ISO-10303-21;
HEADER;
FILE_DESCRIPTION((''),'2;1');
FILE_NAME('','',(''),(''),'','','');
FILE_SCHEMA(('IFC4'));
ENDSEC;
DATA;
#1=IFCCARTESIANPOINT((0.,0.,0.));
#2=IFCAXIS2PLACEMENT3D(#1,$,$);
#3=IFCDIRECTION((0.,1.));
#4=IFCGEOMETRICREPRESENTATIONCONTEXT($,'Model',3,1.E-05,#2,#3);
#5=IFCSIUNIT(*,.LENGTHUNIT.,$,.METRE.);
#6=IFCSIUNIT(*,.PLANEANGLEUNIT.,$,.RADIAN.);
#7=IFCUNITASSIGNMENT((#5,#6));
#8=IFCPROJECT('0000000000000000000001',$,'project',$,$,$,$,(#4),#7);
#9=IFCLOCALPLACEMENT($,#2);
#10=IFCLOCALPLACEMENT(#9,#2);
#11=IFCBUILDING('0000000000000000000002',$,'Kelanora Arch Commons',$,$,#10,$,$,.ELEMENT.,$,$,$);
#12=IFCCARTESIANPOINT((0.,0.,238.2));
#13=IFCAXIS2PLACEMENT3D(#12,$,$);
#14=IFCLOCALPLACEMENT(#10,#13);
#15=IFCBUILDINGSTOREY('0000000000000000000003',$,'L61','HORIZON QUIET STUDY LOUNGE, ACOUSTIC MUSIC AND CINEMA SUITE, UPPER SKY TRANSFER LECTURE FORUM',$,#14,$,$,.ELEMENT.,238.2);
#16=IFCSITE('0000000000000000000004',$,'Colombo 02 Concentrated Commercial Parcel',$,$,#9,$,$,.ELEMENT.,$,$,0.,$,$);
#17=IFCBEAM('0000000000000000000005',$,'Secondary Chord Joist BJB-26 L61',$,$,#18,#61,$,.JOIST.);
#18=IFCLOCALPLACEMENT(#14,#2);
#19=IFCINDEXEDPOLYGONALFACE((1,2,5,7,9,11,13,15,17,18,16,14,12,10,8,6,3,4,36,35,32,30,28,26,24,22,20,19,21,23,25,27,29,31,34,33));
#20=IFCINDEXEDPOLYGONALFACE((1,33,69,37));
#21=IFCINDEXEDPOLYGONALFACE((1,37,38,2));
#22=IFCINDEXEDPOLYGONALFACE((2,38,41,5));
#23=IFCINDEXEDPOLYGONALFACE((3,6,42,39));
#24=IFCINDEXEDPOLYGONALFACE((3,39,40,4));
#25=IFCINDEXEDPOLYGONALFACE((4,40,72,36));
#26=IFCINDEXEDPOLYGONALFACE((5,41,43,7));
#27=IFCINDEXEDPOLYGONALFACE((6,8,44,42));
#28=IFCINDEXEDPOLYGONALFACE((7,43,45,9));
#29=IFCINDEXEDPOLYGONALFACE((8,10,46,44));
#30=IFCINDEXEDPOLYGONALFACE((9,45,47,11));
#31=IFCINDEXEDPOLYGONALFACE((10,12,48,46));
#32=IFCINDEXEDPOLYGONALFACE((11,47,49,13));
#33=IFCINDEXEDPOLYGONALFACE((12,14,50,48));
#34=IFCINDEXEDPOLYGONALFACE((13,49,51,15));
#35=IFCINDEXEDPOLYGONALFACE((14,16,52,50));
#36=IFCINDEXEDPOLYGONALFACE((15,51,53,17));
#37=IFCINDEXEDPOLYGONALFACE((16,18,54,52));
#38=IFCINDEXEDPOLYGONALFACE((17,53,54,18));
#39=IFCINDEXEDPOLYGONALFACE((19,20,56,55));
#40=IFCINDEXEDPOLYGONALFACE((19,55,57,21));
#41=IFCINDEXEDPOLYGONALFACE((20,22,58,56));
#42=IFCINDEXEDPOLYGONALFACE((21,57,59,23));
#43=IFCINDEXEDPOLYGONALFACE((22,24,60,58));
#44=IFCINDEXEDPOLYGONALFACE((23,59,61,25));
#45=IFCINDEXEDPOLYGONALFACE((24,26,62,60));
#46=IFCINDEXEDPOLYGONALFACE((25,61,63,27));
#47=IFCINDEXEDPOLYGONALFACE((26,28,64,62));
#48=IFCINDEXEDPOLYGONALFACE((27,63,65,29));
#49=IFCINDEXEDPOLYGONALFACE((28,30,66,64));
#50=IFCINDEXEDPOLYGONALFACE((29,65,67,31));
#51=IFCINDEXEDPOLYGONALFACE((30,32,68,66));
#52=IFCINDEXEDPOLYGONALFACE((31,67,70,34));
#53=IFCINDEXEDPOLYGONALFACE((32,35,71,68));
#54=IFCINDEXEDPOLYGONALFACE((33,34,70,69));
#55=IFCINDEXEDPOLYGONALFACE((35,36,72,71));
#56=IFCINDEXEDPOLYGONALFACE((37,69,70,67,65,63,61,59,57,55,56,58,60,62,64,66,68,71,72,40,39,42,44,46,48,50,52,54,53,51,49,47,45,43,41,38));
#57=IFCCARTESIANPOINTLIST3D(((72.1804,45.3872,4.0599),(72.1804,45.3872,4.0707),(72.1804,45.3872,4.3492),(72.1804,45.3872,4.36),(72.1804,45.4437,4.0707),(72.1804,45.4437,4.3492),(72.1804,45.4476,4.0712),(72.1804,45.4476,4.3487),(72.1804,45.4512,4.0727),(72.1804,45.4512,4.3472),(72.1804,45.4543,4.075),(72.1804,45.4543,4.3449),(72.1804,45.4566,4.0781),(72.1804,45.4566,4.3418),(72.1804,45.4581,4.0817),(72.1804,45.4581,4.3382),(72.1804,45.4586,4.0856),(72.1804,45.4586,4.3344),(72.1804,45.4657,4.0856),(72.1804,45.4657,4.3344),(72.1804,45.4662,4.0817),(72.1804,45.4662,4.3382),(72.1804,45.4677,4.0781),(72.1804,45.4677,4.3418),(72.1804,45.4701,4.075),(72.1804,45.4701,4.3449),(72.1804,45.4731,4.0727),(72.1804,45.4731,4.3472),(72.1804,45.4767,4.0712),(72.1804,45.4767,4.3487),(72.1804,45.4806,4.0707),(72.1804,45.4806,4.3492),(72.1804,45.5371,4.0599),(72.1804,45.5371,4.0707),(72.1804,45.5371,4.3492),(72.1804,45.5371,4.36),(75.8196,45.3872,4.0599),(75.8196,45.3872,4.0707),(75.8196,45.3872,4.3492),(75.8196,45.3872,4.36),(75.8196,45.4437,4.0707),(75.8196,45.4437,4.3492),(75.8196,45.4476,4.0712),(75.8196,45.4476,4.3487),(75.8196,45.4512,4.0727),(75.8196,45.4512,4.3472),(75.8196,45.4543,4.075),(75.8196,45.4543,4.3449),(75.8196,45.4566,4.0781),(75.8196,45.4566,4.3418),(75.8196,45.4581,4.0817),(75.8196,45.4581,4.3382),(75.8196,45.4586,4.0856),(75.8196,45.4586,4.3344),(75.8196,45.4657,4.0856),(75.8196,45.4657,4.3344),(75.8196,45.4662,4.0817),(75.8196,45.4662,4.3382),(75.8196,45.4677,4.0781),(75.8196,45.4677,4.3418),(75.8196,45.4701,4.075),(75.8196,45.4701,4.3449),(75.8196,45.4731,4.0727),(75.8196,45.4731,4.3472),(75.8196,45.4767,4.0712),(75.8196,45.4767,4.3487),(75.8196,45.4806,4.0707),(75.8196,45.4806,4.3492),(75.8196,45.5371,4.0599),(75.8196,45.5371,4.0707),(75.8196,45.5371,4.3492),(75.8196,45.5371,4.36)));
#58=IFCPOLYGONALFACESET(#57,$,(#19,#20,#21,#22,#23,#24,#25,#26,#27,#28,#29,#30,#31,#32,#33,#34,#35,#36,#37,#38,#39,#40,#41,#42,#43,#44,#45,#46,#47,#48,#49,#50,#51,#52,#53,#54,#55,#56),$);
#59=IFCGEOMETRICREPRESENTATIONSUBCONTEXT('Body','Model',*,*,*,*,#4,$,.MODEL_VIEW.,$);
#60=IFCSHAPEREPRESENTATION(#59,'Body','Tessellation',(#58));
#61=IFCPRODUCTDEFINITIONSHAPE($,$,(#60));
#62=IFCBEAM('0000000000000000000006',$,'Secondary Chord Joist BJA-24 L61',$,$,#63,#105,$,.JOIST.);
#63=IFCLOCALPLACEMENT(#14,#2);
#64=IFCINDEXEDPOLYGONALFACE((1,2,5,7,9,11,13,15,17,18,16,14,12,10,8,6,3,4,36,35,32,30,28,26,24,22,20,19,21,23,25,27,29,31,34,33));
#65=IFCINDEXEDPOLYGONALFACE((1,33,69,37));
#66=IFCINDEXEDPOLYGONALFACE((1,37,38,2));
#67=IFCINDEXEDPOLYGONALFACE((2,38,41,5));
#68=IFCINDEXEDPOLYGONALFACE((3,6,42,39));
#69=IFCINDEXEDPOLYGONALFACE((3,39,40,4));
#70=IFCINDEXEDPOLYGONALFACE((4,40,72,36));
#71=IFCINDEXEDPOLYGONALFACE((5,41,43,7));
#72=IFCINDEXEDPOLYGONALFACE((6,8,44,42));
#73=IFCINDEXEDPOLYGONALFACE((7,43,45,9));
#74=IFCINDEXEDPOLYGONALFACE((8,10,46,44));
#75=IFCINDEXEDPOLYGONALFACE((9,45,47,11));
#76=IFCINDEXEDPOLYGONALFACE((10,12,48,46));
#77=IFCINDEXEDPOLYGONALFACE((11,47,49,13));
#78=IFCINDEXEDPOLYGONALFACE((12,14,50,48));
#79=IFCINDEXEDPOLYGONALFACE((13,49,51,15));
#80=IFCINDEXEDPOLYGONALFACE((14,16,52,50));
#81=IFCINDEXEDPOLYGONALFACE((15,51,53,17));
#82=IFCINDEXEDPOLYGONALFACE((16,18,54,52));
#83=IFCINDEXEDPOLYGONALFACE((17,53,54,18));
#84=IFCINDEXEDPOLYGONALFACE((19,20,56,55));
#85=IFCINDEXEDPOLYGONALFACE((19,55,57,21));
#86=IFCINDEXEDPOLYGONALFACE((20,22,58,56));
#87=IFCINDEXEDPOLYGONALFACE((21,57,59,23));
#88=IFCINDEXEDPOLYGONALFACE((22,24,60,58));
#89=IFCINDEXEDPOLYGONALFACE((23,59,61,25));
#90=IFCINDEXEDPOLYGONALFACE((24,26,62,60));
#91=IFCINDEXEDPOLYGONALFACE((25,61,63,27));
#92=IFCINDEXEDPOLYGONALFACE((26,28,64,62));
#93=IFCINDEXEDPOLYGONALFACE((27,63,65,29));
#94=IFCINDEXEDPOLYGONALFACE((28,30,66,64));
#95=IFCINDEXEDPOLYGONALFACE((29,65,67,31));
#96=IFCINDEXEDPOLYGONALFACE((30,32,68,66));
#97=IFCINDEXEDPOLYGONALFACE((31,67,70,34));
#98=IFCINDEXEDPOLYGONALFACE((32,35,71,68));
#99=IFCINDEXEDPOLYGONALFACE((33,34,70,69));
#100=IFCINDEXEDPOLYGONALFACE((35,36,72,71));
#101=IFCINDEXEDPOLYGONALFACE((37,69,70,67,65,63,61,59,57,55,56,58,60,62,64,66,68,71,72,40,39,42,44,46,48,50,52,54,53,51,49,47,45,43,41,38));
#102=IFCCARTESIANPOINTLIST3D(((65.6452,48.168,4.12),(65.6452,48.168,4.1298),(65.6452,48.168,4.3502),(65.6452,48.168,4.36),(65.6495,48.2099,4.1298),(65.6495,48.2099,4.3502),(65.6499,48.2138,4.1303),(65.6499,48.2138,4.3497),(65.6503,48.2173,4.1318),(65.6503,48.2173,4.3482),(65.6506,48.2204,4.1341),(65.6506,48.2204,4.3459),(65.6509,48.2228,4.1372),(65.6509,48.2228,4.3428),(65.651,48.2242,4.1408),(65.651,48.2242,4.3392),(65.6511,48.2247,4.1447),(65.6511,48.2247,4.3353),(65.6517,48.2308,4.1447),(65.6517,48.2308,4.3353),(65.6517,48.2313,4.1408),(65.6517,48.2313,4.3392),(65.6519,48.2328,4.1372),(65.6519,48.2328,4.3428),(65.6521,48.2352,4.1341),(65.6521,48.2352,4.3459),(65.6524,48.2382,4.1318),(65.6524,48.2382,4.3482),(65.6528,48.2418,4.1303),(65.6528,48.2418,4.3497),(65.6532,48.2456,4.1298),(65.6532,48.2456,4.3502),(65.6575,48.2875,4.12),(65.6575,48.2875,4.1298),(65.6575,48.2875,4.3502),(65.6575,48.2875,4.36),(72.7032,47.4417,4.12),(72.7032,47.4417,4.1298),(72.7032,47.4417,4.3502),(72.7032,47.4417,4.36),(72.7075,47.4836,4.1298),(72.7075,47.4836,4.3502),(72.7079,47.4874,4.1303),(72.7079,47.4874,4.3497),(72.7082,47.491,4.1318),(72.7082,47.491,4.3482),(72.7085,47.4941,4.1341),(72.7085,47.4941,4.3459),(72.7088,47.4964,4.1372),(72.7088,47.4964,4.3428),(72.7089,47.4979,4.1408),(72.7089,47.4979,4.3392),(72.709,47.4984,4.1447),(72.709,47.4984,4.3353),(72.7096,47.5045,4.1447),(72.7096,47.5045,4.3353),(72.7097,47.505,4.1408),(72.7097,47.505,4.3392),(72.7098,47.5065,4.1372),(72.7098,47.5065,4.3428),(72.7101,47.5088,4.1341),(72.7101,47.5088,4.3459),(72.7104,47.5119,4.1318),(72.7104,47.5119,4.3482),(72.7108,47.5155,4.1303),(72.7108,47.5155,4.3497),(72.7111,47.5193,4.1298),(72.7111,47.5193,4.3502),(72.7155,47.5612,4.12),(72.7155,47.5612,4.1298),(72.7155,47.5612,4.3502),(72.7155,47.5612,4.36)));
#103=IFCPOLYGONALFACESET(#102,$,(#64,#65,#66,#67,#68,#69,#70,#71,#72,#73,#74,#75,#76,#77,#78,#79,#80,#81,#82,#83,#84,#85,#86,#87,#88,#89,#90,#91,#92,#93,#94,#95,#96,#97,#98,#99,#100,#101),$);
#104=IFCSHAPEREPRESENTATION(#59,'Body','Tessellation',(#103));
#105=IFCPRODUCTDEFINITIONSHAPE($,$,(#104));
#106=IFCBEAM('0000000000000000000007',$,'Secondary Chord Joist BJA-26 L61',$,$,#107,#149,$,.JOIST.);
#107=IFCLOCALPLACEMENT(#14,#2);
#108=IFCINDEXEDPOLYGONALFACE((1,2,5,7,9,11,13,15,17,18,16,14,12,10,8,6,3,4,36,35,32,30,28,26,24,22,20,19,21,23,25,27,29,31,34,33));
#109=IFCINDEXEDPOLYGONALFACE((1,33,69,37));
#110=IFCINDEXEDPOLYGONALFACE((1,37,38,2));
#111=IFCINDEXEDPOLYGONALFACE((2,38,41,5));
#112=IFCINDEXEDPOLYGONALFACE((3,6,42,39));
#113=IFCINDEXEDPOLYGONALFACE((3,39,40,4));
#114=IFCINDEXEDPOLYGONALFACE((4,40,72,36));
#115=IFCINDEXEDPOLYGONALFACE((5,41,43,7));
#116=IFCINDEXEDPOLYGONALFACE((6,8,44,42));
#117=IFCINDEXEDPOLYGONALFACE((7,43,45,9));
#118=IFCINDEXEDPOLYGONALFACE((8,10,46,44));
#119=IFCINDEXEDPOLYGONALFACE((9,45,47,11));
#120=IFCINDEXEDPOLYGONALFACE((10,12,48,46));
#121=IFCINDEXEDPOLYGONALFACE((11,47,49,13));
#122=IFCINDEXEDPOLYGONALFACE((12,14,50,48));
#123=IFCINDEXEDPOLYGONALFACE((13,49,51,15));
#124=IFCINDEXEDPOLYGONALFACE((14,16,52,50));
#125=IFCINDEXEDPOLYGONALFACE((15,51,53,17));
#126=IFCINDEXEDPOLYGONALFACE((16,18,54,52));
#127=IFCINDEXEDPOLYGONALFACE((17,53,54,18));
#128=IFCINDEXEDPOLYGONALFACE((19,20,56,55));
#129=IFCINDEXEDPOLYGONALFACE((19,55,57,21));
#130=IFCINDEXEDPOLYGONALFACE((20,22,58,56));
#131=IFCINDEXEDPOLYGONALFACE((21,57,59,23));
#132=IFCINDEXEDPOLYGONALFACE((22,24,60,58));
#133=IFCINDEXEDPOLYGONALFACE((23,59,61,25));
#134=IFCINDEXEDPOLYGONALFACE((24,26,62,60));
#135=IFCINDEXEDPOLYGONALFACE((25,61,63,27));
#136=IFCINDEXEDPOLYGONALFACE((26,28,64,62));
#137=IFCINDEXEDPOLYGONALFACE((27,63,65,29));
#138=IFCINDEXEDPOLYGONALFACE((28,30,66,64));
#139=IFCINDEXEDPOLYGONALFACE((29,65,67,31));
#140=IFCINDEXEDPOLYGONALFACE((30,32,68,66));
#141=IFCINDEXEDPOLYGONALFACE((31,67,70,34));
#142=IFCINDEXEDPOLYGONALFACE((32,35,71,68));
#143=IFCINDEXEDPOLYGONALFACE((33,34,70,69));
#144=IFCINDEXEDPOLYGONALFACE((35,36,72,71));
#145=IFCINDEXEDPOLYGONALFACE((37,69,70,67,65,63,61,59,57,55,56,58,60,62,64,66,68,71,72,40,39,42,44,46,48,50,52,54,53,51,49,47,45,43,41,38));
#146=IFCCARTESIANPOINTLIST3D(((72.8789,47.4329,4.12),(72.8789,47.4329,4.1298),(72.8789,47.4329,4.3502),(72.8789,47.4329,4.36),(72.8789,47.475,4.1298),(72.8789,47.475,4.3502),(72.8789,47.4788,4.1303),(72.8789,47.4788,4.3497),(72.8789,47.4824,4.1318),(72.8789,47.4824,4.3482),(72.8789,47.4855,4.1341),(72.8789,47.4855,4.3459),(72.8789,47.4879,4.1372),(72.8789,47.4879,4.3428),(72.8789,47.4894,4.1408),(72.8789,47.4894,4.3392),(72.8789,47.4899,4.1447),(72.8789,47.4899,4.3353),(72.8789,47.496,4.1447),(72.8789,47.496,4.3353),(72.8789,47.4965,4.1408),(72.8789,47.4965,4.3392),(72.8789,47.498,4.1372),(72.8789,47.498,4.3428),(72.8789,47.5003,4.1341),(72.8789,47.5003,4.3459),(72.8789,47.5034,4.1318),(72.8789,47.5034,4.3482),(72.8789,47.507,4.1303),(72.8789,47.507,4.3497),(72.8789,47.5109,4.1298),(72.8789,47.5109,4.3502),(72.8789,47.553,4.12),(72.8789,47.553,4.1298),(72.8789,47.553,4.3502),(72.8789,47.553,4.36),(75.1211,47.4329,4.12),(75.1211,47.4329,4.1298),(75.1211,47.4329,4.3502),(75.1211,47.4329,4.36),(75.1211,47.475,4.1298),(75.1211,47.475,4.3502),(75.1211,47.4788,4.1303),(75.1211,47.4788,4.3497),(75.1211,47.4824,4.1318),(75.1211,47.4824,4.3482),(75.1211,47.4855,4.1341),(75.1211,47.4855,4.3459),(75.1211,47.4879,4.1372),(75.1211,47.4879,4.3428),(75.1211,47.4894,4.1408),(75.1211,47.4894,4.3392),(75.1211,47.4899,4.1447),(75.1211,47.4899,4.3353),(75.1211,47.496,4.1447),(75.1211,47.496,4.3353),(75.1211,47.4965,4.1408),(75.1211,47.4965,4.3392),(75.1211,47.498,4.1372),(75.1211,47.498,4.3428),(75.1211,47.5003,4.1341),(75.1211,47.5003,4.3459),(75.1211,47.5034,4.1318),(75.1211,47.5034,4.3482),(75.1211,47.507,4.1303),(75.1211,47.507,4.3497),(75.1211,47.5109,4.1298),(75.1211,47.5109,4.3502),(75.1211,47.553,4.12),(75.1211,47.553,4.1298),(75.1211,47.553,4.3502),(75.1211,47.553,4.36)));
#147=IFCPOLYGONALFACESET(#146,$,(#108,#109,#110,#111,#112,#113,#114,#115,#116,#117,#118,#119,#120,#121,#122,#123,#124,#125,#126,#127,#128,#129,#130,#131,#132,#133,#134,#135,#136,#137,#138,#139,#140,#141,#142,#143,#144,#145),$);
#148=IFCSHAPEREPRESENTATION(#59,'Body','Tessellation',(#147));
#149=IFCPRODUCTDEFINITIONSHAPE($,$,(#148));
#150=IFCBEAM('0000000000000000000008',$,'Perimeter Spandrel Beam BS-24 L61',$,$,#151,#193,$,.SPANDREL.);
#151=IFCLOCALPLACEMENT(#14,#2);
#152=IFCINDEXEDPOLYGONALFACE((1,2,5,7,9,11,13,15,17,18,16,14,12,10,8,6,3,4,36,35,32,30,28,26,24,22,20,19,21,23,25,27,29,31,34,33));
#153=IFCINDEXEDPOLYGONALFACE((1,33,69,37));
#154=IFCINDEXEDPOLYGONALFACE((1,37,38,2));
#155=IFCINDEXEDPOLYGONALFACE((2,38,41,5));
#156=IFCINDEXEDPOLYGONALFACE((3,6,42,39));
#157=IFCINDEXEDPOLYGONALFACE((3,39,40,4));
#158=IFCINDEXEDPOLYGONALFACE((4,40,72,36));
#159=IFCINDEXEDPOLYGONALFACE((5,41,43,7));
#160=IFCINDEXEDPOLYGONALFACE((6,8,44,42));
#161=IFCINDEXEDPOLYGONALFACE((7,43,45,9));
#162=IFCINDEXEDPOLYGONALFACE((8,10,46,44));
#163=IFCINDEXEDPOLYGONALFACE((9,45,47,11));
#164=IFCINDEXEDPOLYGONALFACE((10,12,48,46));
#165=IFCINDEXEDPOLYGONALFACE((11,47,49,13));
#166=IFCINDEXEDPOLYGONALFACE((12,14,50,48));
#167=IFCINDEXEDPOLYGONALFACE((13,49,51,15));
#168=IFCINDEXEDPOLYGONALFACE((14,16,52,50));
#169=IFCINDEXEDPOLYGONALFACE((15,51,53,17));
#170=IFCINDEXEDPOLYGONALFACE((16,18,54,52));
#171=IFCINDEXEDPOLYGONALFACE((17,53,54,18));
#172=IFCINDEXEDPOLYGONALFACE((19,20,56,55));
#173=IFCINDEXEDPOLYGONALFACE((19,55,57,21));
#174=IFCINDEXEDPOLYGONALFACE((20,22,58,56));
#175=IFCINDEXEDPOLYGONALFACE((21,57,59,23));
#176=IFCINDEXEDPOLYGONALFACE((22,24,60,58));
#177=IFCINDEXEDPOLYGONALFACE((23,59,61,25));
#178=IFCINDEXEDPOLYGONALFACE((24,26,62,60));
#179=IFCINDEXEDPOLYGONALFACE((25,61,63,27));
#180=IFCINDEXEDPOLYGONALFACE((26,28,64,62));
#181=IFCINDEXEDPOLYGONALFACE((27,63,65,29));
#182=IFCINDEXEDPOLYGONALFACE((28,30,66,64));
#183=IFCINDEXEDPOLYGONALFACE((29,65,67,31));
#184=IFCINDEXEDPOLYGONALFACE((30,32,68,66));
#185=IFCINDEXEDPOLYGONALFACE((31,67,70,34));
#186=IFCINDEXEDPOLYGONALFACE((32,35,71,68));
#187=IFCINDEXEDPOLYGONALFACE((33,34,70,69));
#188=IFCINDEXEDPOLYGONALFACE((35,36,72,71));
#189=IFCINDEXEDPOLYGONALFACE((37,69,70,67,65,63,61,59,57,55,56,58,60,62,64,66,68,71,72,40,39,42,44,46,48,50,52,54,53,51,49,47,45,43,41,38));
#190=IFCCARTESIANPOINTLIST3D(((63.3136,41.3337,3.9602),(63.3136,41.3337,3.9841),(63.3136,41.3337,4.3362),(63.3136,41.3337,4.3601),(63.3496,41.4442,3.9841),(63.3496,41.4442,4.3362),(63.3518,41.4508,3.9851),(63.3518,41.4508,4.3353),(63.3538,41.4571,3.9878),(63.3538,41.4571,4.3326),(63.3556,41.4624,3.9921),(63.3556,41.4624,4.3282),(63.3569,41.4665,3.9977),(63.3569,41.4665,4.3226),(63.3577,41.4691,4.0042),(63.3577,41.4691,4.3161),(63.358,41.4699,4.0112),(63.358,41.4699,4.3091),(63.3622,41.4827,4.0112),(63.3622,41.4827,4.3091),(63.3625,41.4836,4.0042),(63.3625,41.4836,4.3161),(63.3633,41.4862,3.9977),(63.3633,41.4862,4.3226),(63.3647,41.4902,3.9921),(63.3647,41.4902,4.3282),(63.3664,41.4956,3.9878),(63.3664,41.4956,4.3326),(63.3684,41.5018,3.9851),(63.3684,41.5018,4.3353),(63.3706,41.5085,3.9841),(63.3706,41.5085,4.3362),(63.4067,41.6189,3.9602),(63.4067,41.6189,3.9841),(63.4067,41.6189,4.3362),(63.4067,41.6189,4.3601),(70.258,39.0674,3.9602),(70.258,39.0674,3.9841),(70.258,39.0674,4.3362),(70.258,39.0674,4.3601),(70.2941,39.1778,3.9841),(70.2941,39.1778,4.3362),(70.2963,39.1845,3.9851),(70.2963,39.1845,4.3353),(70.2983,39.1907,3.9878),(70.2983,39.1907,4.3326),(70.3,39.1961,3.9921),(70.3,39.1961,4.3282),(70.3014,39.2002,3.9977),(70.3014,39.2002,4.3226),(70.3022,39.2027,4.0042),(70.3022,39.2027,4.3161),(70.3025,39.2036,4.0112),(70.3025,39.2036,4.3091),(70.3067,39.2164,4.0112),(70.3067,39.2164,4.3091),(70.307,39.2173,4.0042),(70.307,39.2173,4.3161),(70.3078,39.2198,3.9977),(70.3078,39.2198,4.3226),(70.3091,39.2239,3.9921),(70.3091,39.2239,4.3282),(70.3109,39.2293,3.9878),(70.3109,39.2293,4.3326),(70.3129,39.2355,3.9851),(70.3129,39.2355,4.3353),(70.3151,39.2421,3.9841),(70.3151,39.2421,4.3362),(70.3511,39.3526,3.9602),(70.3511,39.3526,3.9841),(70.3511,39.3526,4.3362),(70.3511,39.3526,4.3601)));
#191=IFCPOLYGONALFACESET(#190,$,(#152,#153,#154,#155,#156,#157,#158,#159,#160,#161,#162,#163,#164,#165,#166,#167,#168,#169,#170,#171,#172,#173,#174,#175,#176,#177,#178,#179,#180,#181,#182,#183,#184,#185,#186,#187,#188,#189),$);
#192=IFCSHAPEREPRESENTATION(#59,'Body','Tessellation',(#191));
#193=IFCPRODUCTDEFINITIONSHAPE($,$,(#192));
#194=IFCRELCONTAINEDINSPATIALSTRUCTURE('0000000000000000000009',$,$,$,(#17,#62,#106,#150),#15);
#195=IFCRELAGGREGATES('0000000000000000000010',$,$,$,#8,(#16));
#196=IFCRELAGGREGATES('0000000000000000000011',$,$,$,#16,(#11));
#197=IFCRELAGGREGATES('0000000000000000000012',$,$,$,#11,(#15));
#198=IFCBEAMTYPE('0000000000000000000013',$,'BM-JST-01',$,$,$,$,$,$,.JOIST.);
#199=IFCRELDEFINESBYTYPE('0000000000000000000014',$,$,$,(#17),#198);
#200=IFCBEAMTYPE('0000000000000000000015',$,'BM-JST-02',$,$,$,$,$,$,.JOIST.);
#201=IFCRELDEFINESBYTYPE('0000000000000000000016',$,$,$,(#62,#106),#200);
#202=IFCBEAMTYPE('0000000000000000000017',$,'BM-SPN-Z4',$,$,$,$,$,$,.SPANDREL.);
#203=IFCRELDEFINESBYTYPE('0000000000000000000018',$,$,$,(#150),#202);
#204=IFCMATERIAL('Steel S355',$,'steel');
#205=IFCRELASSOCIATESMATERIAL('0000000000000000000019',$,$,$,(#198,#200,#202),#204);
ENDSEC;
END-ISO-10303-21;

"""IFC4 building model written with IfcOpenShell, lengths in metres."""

from ifc_helpers import new_model, si_unit, direction, frame, origin, origin_2d, place, context, subcontext, project, spatial, i_section, extrude, material, material_profile, profile_set, type_object, element, save


model = new_model("IFC4")

# Units and contexts
model_context = context("Model", 3, precision=1e-05, world=origin(), true_north=direction((0.0, 1.0)))
body_context = subcontext(model_context, "Body", "Model", "MODEL_VIEW")
ifc_project = project(units=[si_unit("LENGTHUNIT", "METRE"), si_unit("PLANEANGLEUNIT", "RADIAN")], contexts=[model_context])

# Site, building, storey
site_placement = place(None, origin())
site = spatial("IfcSite", under=ifc_project, at=site_placement, Name="Colombo 02 Concentrated Commercial Parcel", CompositionType="ELEMENT", RefElevation=0.0)
building_placement = place(site_placement, origin())
building = spatial("IfcBuilding", under=site, at=building_placement, Name="Kelanora Arch Commons", CompositionType="ELEMENT")
storey_placement = place(building_placement, frame((0.0, 0.0, 238.2)))
storey = spatial("IfcBuildingStorey", under=building, at=storey_placement, Name="L61", Description="HORIZON QUIET STUDY LOUNGE, ACOUSTIC MUSIC AND CINEMA SUITE, UPPER SKY TRANSFER LECTURE FORUM", CompositionType="ELEMENT", Elevation=238.2)

# Beams
ifc_material_1 = material(Name="Steel S355", Category="steel")
ifc_material_profile_1 = material_profile(ifc_material_1, i_section(OverallWidth=0.1499, OverallDepth=0.3, WebThickness=0.0071, FlangeThickness=0.0107, FilletRadius=0.0149, at=origin_2d()), Name="IPE300")
ifc_profile_set_1 = profile_set([ifc_material_profile_1], Name="Steel S355")
beam_type_1 = type_object("IfcBeamType", Name="BM-JST-01", PredefinedType="JOIST", material=ifc_profile_set_1)
beam_1_placement = place(storey_placement, frame((72.1804, 45.4622, 4.21), z_axis=(1.0, 0.0, 0.0), x_axis=(0.0, 1.0, 0.0)))
element("IfcBeam", 1, at=beam_1_placement, inside=storey, type_object=beam_type_1, Name="Secondary Chord Joist BJB-26 L61", PredefinedType="JOIST", context=body_context, shape_type="SweptSolid", body=[
    extrude(i_section(OverallWidth=0.1499, OverallDepth=0.3, WebThickness=0.0071, FlangeThickness=0.0107, FilletRadius=0.0149, at=origin_2d()), origin(), (0.0, 0.0, 1.0), 3.6392),
])
ifc_material_profile_2 = material_profile(ifc_material_1, i_section(OverallWidth=0.1201, OverallDepth=0.24, WebThickness=0.0061, FlangeThickness=0.0098, FilletRadius=0.0149, at=origin_2d()), Name="IPE240")
ifc_profile_set_2 = profile_set([ifc_material_profile_2], Name="Steel S355")
beam_type_2 = type_object("IfcBeamType", Name="BM-JST-02", PredefinedType="JOIST", material=ifc_profile_set_2)
beam_2_placement = place(storey_placement, frame((65.6514, 48.2278, 4.24), z_axis=(0.994747, -0.102369, 0.0), x_axis=(0.102369, 0.994747, 0.0)))
element("IfcBeam", 2, at=beam_2_placement, inside=storey, type_object=beam_type_2, Name="Secondary Chord Joist BJA-24 L61", PredefinedType="JOIST", context=body_context, shape_type="SweptSolid", body=[
    extrude(i_section(OverallWidth=0.1201, OverallDepth=0.24, WebThickness=0.0061, FlangeThickness=0.0098, FilletRadius=0.0149, at=origin_2d()), origin(), (0.0, 0.0, 1.0), 7.0952),
])
beam_3_placement = place(storey_placement, frame((72.8789, 47.4929, 4.24), z_axis=(1.0, 0.0, 0.0), x_axis=(0.0, 1.0, 0.0)))
element("IfcBeam", 3, at=beam_3_placement, inside=storey, type_object=beam_type_2, Name="Secondary Chord Joist BJA-26 L61", PredefinedType="JOIST", context=body_context, shape_type="SweptSolid", body=[
    extrude(i_section(OverallWidth=0.1201, OverallDepth=0.24, WebThickness=0.0061, FlangeThickness=0.0098, FilletRadius=0.0149, at=origin_2d()), origin(), (0.0, 0.0, 1.0), 2.2422),
])
ifc_material_profile_3 = material_profile(ifc_material_1, i_section(OverallWidth=0.3, OverallDepth=0.3999, WebThickness=0.0134, FlangeThickness=0.0239, FilletRadius=0.0271, at=origin_2d()), Name="HEB400")
ifc_profile_set_3 = profile_set([ifc_material_profile_3], Name="Steel S355")
beam_type_3 = type_object("IfcBeamType", Name="BM-SPN-Z4", PredefinedType="SPANDREL", material=ifc_profile_set_3)
beam_4_placement = place(storey_placement, frame((63.3601, 41.4763, 4.1602), z_axis=(0.950656, -0.310246, 0.0), x_axis=(0.310246, 0.950656, 0.0)))
element("IfcBeam", 4, at=beam_4_placement, inside=storey, type_object=beam_type_3, Name="Perimeter Spandrel Beam BS-24 L61", PredefinedType="SPANDREL", context=body_context, shape_type="SweptSolid", body=[
    extrude(i_section(OverallWidth=0.3, OverallDepth=0.3999, WebThickness=0.0134, FlangeThickness=0.0239, FilletRadius=0.0271, at=origin_2d()), origin(), (0.0, 0.0, 1.0), 7.3049),
])

save(model, "model.ifc")
